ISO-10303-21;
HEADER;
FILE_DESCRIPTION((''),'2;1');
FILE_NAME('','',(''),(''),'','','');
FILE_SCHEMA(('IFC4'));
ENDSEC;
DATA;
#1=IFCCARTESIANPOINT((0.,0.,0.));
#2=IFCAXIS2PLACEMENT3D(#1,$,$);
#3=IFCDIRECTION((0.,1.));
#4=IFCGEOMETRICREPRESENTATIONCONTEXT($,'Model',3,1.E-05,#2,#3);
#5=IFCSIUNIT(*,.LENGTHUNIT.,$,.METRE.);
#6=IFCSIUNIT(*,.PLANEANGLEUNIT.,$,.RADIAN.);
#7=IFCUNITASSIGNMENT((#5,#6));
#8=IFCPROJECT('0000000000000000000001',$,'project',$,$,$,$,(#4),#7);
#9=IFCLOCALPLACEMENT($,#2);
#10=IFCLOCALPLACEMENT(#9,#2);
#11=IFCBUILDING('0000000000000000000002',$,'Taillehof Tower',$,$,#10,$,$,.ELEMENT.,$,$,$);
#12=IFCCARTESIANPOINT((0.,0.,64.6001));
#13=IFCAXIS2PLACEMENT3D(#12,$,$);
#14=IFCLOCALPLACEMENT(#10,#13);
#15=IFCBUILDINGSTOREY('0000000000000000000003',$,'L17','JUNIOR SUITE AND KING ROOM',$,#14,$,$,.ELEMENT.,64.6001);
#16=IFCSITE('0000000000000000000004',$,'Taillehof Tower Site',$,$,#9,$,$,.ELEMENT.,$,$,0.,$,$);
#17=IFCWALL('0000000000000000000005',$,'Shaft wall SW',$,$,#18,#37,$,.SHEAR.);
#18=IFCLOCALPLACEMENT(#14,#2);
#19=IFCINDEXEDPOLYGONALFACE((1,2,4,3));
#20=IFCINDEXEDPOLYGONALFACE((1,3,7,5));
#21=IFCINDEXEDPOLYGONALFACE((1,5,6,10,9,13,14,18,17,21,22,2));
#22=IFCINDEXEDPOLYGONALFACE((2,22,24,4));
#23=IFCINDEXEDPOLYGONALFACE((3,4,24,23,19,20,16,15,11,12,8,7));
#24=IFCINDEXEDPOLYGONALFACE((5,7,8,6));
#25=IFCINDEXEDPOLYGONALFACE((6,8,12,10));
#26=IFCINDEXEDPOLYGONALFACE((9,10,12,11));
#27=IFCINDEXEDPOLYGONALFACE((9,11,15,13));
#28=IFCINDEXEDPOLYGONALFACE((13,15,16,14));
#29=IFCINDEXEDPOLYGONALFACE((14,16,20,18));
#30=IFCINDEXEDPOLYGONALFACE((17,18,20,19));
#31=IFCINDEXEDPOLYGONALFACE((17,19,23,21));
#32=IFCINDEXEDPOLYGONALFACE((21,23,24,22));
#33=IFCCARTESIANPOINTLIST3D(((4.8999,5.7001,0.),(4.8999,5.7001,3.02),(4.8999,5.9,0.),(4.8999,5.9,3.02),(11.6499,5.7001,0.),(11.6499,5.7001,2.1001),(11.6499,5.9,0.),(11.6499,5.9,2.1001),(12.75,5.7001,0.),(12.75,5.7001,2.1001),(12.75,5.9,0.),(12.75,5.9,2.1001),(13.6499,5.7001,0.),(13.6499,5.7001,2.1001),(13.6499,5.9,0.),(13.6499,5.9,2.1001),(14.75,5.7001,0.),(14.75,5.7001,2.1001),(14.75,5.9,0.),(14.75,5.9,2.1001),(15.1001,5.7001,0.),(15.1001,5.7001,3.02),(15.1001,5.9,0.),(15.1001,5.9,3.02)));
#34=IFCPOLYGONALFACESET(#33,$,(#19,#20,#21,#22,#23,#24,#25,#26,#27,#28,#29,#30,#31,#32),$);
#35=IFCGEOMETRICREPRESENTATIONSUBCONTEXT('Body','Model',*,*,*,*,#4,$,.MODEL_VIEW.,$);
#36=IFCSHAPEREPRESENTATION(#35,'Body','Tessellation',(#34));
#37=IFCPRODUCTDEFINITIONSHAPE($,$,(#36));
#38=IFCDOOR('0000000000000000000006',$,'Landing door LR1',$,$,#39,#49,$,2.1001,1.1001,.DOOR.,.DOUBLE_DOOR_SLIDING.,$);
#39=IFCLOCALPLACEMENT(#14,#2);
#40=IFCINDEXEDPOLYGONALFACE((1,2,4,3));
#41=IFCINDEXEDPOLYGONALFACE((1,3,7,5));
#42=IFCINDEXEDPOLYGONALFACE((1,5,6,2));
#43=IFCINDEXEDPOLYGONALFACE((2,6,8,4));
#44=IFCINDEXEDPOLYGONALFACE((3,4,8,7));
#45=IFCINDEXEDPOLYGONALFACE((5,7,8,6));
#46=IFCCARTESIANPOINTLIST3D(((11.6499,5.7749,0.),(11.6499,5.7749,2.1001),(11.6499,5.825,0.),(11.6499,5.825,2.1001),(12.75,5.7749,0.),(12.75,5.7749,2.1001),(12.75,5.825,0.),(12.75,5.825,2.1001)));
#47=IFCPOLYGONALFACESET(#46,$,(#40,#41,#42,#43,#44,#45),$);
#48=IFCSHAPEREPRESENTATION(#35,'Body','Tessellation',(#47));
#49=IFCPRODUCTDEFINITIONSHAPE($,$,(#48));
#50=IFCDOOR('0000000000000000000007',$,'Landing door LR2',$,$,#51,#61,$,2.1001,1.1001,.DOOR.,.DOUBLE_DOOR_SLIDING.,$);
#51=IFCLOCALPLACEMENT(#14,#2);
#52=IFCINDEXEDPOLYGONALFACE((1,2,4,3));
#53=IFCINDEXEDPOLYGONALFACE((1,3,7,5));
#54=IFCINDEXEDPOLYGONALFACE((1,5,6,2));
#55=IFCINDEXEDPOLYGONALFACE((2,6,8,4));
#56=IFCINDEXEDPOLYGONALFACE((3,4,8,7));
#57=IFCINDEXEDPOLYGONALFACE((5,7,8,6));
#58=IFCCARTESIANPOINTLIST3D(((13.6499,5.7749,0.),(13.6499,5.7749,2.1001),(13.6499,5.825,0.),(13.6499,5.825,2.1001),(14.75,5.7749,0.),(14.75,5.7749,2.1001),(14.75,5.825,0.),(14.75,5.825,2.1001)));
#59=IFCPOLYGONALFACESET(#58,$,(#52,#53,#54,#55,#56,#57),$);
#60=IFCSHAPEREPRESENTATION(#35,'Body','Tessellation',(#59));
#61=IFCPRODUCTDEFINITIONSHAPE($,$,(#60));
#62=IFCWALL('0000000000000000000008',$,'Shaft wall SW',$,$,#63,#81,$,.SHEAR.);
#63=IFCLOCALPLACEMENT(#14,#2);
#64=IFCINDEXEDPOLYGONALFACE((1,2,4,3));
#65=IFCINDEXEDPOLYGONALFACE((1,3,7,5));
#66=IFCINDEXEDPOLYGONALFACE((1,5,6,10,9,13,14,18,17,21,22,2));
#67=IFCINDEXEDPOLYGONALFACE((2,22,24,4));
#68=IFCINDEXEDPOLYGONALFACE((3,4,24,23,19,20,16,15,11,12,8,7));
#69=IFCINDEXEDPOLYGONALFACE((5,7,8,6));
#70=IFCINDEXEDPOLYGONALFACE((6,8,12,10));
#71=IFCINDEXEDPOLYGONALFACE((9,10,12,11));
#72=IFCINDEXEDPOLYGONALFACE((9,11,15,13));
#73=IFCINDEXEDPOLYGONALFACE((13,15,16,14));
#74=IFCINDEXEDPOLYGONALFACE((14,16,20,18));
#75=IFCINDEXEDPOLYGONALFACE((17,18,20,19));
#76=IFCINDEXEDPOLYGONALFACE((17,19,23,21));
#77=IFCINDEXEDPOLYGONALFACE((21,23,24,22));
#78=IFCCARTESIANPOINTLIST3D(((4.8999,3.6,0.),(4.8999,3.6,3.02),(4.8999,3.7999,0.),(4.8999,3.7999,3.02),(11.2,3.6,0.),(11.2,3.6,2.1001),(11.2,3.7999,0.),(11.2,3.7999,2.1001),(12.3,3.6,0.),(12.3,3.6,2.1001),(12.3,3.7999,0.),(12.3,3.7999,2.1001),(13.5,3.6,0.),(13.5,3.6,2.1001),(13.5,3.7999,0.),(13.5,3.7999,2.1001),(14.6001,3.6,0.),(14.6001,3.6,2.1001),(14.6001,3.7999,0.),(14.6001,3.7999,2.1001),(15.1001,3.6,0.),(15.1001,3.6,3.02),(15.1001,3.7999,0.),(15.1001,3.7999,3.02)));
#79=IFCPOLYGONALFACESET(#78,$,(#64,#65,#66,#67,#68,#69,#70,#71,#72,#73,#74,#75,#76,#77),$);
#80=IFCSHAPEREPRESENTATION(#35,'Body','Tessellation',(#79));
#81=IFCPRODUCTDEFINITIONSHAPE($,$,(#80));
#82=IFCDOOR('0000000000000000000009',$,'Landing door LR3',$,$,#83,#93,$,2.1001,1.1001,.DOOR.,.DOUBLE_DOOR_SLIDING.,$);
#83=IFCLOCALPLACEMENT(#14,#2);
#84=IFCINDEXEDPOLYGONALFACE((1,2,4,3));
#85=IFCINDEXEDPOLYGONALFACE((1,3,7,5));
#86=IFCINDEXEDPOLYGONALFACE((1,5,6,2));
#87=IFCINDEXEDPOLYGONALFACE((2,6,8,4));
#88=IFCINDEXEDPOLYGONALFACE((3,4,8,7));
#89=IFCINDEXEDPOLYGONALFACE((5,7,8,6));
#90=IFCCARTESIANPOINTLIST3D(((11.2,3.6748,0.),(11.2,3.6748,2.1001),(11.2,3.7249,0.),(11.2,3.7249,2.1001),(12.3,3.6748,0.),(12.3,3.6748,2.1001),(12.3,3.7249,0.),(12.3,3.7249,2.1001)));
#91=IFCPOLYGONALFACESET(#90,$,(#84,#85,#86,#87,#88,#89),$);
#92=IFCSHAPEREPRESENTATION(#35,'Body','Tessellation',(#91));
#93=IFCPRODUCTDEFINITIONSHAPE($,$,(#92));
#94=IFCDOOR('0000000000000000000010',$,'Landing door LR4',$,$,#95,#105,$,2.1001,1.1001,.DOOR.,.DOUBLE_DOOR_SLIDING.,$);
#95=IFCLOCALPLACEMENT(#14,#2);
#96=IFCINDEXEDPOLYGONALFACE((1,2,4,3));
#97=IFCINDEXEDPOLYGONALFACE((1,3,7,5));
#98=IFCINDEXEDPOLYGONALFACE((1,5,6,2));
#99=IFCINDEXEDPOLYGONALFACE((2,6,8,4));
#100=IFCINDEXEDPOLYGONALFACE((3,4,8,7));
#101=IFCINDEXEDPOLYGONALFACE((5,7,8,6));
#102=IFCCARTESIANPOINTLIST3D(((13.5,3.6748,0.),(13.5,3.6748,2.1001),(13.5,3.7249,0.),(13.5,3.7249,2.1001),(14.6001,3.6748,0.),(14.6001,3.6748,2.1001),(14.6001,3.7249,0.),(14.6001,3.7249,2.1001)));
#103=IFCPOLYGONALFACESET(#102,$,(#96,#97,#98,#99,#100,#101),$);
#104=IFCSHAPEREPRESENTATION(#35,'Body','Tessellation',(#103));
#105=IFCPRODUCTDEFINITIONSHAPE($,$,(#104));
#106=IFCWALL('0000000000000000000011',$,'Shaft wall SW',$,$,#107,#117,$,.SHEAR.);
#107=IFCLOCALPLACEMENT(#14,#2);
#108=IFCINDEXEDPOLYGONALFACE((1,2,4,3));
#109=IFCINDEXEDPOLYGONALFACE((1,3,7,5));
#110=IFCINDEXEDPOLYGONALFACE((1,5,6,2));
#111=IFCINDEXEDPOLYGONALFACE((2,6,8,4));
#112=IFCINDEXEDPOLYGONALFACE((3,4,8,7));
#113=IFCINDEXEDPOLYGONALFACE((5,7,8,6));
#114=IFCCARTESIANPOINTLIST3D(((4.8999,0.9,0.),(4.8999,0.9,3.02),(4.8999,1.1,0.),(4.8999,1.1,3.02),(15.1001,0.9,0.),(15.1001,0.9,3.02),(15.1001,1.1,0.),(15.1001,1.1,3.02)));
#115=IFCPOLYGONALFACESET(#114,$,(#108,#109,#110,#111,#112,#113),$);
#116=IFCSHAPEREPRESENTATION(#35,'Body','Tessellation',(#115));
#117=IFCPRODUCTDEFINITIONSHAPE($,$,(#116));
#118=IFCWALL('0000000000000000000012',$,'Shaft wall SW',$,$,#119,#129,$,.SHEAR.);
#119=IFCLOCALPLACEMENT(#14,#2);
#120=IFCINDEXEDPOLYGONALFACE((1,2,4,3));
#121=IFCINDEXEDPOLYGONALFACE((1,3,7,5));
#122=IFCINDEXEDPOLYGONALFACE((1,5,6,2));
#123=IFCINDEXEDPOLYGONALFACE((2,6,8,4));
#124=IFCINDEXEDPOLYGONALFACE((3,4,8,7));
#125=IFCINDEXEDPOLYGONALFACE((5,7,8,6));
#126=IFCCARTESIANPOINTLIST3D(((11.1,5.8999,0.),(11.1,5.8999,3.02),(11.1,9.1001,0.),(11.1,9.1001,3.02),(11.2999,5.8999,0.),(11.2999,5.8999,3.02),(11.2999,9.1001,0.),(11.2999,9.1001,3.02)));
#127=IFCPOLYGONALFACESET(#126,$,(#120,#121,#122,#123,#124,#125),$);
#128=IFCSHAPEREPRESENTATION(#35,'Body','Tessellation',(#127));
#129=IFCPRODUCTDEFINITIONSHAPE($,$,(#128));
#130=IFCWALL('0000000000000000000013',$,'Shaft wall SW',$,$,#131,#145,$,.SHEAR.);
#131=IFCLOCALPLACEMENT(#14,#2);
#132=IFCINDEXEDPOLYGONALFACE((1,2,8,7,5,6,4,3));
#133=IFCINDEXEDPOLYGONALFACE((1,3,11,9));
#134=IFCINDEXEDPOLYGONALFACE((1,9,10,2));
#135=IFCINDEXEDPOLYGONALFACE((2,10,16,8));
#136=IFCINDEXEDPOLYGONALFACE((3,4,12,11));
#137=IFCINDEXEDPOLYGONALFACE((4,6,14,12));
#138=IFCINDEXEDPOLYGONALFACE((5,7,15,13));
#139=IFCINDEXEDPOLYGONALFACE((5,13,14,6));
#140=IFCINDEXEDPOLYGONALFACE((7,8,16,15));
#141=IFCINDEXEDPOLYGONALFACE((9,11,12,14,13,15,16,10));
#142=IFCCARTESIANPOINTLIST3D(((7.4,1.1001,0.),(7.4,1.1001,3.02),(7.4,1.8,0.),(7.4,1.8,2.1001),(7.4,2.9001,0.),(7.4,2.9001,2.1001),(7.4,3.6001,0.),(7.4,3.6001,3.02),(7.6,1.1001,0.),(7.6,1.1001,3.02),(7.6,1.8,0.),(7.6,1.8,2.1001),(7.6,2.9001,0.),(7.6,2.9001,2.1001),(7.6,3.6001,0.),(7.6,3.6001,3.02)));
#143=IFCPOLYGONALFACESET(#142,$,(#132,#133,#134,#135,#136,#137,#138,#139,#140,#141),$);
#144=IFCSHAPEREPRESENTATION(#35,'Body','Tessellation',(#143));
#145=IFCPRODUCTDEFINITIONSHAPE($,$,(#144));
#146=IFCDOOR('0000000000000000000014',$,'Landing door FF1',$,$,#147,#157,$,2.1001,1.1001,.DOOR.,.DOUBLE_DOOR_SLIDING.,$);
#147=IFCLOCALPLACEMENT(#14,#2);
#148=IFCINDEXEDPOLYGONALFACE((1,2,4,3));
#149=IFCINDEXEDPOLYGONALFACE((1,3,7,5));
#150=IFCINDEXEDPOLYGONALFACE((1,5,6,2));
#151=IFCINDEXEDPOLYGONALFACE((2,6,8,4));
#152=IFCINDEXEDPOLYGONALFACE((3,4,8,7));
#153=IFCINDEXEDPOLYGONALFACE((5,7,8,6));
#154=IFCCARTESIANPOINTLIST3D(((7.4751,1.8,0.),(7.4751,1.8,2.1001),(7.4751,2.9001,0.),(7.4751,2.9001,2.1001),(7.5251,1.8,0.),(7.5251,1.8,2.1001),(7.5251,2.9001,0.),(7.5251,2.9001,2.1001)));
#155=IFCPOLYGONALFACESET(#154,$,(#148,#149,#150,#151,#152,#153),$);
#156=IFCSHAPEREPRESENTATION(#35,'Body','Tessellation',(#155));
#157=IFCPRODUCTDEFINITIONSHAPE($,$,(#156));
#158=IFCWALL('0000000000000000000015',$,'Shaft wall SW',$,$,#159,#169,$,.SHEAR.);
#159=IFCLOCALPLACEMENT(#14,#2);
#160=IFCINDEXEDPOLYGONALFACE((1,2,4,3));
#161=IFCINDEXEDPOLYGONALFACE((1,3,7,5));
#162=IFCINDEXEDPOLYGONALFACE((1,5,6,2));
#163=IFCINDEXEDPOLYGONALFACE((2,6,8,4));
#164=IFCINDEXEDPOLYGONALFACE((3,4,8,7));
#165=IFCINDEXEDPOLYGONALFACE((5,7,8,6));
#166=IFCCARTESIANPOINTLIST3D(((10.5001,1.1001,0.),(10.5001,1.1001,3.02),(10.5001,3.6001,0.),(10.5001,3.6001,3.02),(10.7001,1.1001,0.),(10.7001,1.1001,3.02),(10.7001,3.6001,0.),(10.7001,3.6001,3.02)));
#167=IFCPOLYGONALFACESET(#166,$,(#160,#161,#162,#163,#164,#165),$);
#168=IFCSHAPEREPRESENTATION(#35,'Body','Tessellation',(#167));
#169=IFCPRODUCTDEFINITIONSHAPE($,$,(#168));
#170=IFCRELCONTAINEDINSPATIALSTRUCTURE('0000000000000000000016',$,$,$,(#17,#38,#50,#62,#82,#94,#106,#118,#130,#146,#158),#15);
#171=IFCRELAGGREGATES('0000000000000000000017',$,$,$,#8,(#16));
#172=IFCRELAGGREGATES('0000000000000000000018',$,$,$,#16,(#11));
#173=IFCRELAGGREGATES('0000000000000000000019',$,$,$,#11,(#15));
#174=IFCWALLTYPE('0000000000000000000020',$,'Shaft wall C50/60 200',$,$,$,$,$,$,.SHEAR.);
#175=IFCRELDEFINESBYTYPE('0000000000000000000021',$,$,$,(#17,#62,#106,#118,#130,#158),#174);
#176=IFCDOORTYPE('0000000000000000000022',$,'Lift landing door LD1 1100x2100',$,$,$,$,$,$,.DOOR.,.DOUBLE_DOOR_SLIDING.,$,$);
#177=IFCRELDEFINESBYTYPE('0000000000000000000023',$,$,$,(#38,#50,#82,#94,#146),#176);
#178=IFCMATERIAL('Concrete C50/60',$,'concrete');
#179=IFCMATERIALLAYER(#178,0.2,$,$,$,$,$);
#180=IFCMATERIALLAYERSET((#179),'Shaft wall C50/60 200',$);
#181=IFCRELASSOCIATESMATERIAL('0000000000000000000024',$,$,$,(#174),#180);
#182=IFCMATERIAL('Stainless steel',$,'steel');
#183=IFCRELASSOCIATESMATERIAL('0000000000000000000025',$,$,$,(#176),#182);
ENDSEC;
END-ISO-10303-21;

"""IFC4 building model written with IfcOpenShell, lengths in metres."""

from ifc_helpers import new_model, si_unit, direction, frame, frame_2d, origin, place, context, subcontext, project, spatial, rectangle, extrude, material, layer, layer_set, type_object, element, fill, save


model = new_model("IFC4")

# Units and contexts
model_context = context("Model", 3, precision=1e-05, world=origin(), true_north=direction((0.0, 1.0)))
body_context = subcontext(model_context, "Body", "Model", "MODEL_VIEW")
ifc_project = project(units=[si_unit("LENGTHUNIT", "METRE"), si_unit("PLANEANGLEUNIT", "RADIAN")], contexts=[model_context])

# Site, building, storey
site_placement = place(None, origin())
site = spatial("IfcSite", under=ifc_project, at=site_placement, Name="Taillehof Tower Site", CompositionType="ELEMENT", RefElevation=0.0)
building_placement = place(site_placement, origin())
building = spatial("IfcBuilding", under=site, at=building_placement, Name="Taillehof Tower", CompositionType="ELEMENT")
storey_placement = place(building_placement, frame((0.0, 0.0, 64.6001)))
storey = spatial("IfcBuildingStorey", under=building, at=storey_placement, Name="L17", Description="JUNIOR SUITE AND KING ROOM", CompositionType="ELEMENT", Elevation=64.6001)

# Walls, openings, doors
ifc_material_1 = material(Name="Concrete C50/60", Category="concrete")
ifc_layer_1 = layer(ifc_material_1, 0.2)
ifc_layer_set_1 = layer_set([ifc_layer_1], Name="Shaft wall C50/60 200")
wall_type_1 = type_object("IfcWallType", Name="Shaft wall C50/60 200", PredefinedType="SHEAR", material=ifc_layer_set_1)
wall_1_placement = place(storey_placement, frame((4.8999, 5.8, 0.0), z_axis=(0.0, 0.0, 1.0), x_axis=(1.0, 0.0, 0.0)))
wall_1 = element("IfcWall", 1, at=wall_1_placement, inside=storey, type_object=wall_type_1, Name="Shaft wall SW", PredefinedType="SHEAR", context=body_context, shape_type="SweptSolid", body=[
    extrude(rectangle(XDim=10.2002, YDim=0.2, at=frame_2d((5.1001, 0.0))), origin(), (0.0, 0.0, 1.0), 3.02),
])
opening_1_placement = place(wall_1_placement, frame((6.75, 0.0, 0.0)))
opening_1 = element("IfcOpeningElement", 2, at=opening_1_placement, cuts=wall_1, PredefinedType="OPENING", context=body_context, shape_type="SweptSolid", body=[
    extrude(rectangle(XDim=1.1001, YDim=2.1001, at=frame_2d((0.55, 1.05))), frame((0.0, 0.1099, 0.0), z_axis=(0.0, -1.0, 0.0), x_axis=(1.0, 0.0, 0.0)), (0.0, 0.0, 1.0), 0.22),
])
opening_2_placement = place(wall_1_placement, frame((8.75, 0.0, 0.0)))
opening_2 = element("IfcOpeningElement", 3, at=opening_2_placement, cuts=wall_1, PredefinedType="OPENING", context=body_context, shape_type="SweptSolid", body=[
    extrude(rectangle(XDim=1.1001, YDim=2.1001, at=frame_2d((0.55, 1.05))), frame((0.0, 0.1099, 0.0), z_axis=(0.0, -1.0, 0.0), x_axis=(1.0, 0.0, 0.0)), (0.0, 0.0, 1.0), 0.22),
])
ifc_material_2 = material(Name="Stainless steel", Category="steel")
door_type_1 = type_object("IfcDoorType", Name="Lift landing door LD1 1100x2100", OperationType="DOUBLE_DOOR_SLIDING", PredefinedType="DOOR", material=ifc_material_2)
door_1_placement = place(opening_1_placement, origin())
door_1 = element("IfcDoor", 4, at=door_1_placement, inside=storey, type_object=door_type_1, Name="Landing door LR1", OperationType="DOUBLE_DOOR_SLIDING", OverallHeight=2.1001, OverallWidth=1.1001, PredefinedType="DOOR", context=body_context, shape_type="SweptSolid", body=[
    extrude(rectangle(XDim=1.1001, YDim=2.1001, at=frame_2d((0.55, 1.05))), frame((0.0, 0.0249, 0.0), z_axis=(0.0, -1.0, 0.0), x_axis=(1.0, 0.0, 0.0)), (0.0, 0.0, 1.0), 0.05),
])
fill(opening_1, door_1)
door_2_placement = place(opening_2_placement, origin())
door_2 = element("IfcDoor", 5, at=door_2_placement, inside=storey, type_object=door_type_1, Name="Landing door LR2", OperationType="DOUBLE_DOOR_SLIDING", OverallHeight=2.1001, OverallWidth=1.1001, PredefinedType="DOOR", context=body_context, shape_type="SweptSolid", body=[
    extrude(rectangle(XDim=1.1001, YDim=2.1001, at=frame_2d((0.55, 1.05))), frame((0.0, 0.0249, 0.0), z_axis=(0.0, -1.0, 0.0), x_axis=(1.0, 0.0, 0.0)), (0.0, 0.0, 1.0), 0.05),
])
fill(opening_2, door_2)
wall_2_placement = place(storey_placement, frame((4.8999, 3.7, 0.0), z_axis=(0.0, 0.0, 1.0), x_axis=(1.0, 0.0, 0.0)))
wall_2 = element("IfcWall", 6, at=wall_2_placement, inside=storey, type_object=wall_type_1, Name="Shaft wall SW", PredefinedType="SHEAR", context=body_context, shape_type="SweptSolid", body=[
    extrude(rectangle(XDim=10.2002, YDim=0.2, at=frame_2d((5.1001, 0.0))), origin(), (0.0, 0.0, 1.0), 3.02),
])
opening_3_placement = place(wall_2_placement, frame((6.3, 0.0, 0.0)))
opening_3 = element("IfcOpeningElement", 7, at=opening_3_placement, cuts=wall_2, PredefinedType="OPENING", context=body_context, shape_type="SweptSolid", body=[
    extrude(rectangle(XDim=1.1001, YDim=2.1001, at=frame_2d((0.55, 1.05))), frame((0.0, 0.1099, 0.0), z_axis=(0.0, -1.0, 0.0), x_axis=(1.0, 0.0, 0.0)), (0.0, 0.0, 1.0), 0.22),
])
opening_4_placement = place(wall_2_placement, frame((8.6001, 0.0, 0.0)))
opening_4 = element("IfcOpeningElement", 8, at=opening_4_placement, cuts=wall_2, PredefinedType="OPENING", context=body_context, shape_type="SweptSolid", body=[
    extrude(rectangle(XDim=1.1001, YDim=2.1001, at=frame_2d((0.55, 1.05))), frame((0.0, 0.1099, 0.0), z_axis=(0.0, -1.0, 0.0), x_axis=(1.0, 0.0, 0.0)), (0.0, 0.0, 1.0), 0.22),
])
door_3_placement = place(opening_3_placement, origin())
door_3 = element("IfcDoor", 9, at=door_3_placement, inside=storey, type_object=door_type_1, Name="Landing door LR3", OperationType="DOUBLE_DOOR_SLIDING", OverallHeight=2.1001, OverallWidth=1.1001, PredefinedType="DOOR", context=body_context, shape_type="SweptSolid", body=[
    extrude(rectangle(XDim=1.1001, YDim=2.1001, at=frame_2d((0.55, 1.05))), frame((0.0, 0.0249, 0.0), z_axis=(0.0, -1.0, 0.0), x_axis=(1.0, 0.0, 0.0)), (0.0, 0.0, 1.0), 0.05),
])
fill(opening_3, door_3)
door_4_placement = place(opening_4_placement, origin())
door_4 = element("IfcDoor", 10, at=door_4_placement, inside=storey, type_object=door_type_1, Name="Landing door LR4", OperationType="DOUBLE_DOOR_SLIDING", OverallHeight=2.1001, OverallWidth=1.1001, PredefinedType="DOOR", context=body_context, shape_type="SweptSolid", body=[
    extrude(rectangle(XDim=1.1001, YDim=2.1001, at=frame_2d((0.55, 1.05))), frame((0.0, 0.0249, 0.0), z_axis=(0.0, -1.0, 0.0), x_axis=(1.0, 0.0, 0.0)), (0.0, 0.0, 1.0), 0.05),
])
fill(opening_4, door_4)

# Walls
wall_3_placement = place(storey_placement, frame((4.8999, 1.0, 0.0), z_axis=(0.0, 0.0, 1.0), x_axis=(1.0, 0.0, 0.0)))
element("IfcWall", 11, at=wall_3_placement, inside=storey, type_object=wall_type_1, Name="Shaft wall SW", PredefinedType="SHEAR", context=body_context, shape_type="SweptSolid", body=[
    extrude(rectangle(XDim=10.2002, YDim=0.2, at=frame_2d((5.1001, 0.0))), origin(), (0.0, 0.0, 1.0), 3.02),
])
wall_4_placement = place(storey_placement, frame((11.2, 5.8999, 0.0), z_axis=(0.0, 0.0, 1.0), x_axis=(0.0, 1.0, 0.0)))
element("IfcWall", 12, at=wall_4_placement, inside=storey, type_object=wall_type_1, Name="Shaft wall SW", PredefinedType="SHEAR", context=body_context, shape_type="SweptSolid", body=[
    extrude(rectangle(XDim=3.2002, YDim=0.2, at=frame_2d((1.6001, 0.0))), origin(), (0.0, 0.0, 1.0), 3.02),
])

# Wall, opening, door
wall_5_placement = place(storey_placement, frame((7.5, 1.1001, 0.0), z_axis=(0.0, 0.0, 1.0), x_axis=(0.0, 1.0, 0.0)))
wall_5 = element("IfcWall", 13, at=wall_5_placement, inside=storey, type_object=wall_type_1, Name="Shaft wall SW", PredefinedType="SHEAR", context=body_context, shape_type="SweptSolid", body=[
    extrude(rectangle(XDim=2.5, YDim=0.2, at=frame_2d((1.25, 0.0))), origin(), (0.0, 0.0, 1.0), 3.02),
])
opening_5_placement = place(wall_5_placement, frame((0.7, 0.0, 0.0)))
opening_5 = element("IfcOpeningElement", 14, at=opening_5_placement, cuts=wall_5, PredefinedType="OPENING", context=body_context, shape_type="SweptSolid", body=[
    extrude(rectangle(XDim=1.1001, YDim=2.1001, at=frame_2d((0.55, 1.05))), frame((0.0, 0.1099, 0.0), z_axis=(0.0, -1.0, 0.0), x_axis=(1.0, 0.0, 0.0)), (0.0, 0.0, 1.0), 0.22),
])
door_5_placement = place(opening_5_placement, origin())
door_5 = element("IfcDoor", 15, at=door_5_placement, inside=storey, type_object=door_type_1, Name="Landing door FF1", OperationType="DOUBLE_DOOR_SLIDING", OverallHeight=2.1001, OverallWidth=1.1001, PredefinedType="DOOR", context=body_context, shape_type="SweptSolid", body=[
    extrude(rectangle(XDim=1.1001, YDim=2.1001, at=frame_2d((0.55, 1.05))), frame((0.0, 0.0249, 0.0), z_axis=(0.0, -1.0, 0.0), x_axis=(1.0, 0.0, 0.0)), (0.0, 0.0, 1.0), 0.05),
])
fill(opening_5, door_5)

# Wall
wall_6_placement = place(storey_placement, frame((10.6001, 1.1001, 0.0), z_axis=(0.0, 0.0, 1.0), x_axis=(0.0, 1.0, 0.0)))
element("IfcWall", 16, at=wall_6_placement, inside=storey, type_object=wall_type_1, Name="Shaft wall SW", PredefinedType="SHEAR", context=body_context, shape_type="SweptSolid", body=[
    extrude(rectangle(XDim=2.5, YDim=0.2, at=frame_2d((1.25, 0.0))), origin(), (0.0, 0.0, 1.0), 3.02),
])

save(model, "model.ifc")
